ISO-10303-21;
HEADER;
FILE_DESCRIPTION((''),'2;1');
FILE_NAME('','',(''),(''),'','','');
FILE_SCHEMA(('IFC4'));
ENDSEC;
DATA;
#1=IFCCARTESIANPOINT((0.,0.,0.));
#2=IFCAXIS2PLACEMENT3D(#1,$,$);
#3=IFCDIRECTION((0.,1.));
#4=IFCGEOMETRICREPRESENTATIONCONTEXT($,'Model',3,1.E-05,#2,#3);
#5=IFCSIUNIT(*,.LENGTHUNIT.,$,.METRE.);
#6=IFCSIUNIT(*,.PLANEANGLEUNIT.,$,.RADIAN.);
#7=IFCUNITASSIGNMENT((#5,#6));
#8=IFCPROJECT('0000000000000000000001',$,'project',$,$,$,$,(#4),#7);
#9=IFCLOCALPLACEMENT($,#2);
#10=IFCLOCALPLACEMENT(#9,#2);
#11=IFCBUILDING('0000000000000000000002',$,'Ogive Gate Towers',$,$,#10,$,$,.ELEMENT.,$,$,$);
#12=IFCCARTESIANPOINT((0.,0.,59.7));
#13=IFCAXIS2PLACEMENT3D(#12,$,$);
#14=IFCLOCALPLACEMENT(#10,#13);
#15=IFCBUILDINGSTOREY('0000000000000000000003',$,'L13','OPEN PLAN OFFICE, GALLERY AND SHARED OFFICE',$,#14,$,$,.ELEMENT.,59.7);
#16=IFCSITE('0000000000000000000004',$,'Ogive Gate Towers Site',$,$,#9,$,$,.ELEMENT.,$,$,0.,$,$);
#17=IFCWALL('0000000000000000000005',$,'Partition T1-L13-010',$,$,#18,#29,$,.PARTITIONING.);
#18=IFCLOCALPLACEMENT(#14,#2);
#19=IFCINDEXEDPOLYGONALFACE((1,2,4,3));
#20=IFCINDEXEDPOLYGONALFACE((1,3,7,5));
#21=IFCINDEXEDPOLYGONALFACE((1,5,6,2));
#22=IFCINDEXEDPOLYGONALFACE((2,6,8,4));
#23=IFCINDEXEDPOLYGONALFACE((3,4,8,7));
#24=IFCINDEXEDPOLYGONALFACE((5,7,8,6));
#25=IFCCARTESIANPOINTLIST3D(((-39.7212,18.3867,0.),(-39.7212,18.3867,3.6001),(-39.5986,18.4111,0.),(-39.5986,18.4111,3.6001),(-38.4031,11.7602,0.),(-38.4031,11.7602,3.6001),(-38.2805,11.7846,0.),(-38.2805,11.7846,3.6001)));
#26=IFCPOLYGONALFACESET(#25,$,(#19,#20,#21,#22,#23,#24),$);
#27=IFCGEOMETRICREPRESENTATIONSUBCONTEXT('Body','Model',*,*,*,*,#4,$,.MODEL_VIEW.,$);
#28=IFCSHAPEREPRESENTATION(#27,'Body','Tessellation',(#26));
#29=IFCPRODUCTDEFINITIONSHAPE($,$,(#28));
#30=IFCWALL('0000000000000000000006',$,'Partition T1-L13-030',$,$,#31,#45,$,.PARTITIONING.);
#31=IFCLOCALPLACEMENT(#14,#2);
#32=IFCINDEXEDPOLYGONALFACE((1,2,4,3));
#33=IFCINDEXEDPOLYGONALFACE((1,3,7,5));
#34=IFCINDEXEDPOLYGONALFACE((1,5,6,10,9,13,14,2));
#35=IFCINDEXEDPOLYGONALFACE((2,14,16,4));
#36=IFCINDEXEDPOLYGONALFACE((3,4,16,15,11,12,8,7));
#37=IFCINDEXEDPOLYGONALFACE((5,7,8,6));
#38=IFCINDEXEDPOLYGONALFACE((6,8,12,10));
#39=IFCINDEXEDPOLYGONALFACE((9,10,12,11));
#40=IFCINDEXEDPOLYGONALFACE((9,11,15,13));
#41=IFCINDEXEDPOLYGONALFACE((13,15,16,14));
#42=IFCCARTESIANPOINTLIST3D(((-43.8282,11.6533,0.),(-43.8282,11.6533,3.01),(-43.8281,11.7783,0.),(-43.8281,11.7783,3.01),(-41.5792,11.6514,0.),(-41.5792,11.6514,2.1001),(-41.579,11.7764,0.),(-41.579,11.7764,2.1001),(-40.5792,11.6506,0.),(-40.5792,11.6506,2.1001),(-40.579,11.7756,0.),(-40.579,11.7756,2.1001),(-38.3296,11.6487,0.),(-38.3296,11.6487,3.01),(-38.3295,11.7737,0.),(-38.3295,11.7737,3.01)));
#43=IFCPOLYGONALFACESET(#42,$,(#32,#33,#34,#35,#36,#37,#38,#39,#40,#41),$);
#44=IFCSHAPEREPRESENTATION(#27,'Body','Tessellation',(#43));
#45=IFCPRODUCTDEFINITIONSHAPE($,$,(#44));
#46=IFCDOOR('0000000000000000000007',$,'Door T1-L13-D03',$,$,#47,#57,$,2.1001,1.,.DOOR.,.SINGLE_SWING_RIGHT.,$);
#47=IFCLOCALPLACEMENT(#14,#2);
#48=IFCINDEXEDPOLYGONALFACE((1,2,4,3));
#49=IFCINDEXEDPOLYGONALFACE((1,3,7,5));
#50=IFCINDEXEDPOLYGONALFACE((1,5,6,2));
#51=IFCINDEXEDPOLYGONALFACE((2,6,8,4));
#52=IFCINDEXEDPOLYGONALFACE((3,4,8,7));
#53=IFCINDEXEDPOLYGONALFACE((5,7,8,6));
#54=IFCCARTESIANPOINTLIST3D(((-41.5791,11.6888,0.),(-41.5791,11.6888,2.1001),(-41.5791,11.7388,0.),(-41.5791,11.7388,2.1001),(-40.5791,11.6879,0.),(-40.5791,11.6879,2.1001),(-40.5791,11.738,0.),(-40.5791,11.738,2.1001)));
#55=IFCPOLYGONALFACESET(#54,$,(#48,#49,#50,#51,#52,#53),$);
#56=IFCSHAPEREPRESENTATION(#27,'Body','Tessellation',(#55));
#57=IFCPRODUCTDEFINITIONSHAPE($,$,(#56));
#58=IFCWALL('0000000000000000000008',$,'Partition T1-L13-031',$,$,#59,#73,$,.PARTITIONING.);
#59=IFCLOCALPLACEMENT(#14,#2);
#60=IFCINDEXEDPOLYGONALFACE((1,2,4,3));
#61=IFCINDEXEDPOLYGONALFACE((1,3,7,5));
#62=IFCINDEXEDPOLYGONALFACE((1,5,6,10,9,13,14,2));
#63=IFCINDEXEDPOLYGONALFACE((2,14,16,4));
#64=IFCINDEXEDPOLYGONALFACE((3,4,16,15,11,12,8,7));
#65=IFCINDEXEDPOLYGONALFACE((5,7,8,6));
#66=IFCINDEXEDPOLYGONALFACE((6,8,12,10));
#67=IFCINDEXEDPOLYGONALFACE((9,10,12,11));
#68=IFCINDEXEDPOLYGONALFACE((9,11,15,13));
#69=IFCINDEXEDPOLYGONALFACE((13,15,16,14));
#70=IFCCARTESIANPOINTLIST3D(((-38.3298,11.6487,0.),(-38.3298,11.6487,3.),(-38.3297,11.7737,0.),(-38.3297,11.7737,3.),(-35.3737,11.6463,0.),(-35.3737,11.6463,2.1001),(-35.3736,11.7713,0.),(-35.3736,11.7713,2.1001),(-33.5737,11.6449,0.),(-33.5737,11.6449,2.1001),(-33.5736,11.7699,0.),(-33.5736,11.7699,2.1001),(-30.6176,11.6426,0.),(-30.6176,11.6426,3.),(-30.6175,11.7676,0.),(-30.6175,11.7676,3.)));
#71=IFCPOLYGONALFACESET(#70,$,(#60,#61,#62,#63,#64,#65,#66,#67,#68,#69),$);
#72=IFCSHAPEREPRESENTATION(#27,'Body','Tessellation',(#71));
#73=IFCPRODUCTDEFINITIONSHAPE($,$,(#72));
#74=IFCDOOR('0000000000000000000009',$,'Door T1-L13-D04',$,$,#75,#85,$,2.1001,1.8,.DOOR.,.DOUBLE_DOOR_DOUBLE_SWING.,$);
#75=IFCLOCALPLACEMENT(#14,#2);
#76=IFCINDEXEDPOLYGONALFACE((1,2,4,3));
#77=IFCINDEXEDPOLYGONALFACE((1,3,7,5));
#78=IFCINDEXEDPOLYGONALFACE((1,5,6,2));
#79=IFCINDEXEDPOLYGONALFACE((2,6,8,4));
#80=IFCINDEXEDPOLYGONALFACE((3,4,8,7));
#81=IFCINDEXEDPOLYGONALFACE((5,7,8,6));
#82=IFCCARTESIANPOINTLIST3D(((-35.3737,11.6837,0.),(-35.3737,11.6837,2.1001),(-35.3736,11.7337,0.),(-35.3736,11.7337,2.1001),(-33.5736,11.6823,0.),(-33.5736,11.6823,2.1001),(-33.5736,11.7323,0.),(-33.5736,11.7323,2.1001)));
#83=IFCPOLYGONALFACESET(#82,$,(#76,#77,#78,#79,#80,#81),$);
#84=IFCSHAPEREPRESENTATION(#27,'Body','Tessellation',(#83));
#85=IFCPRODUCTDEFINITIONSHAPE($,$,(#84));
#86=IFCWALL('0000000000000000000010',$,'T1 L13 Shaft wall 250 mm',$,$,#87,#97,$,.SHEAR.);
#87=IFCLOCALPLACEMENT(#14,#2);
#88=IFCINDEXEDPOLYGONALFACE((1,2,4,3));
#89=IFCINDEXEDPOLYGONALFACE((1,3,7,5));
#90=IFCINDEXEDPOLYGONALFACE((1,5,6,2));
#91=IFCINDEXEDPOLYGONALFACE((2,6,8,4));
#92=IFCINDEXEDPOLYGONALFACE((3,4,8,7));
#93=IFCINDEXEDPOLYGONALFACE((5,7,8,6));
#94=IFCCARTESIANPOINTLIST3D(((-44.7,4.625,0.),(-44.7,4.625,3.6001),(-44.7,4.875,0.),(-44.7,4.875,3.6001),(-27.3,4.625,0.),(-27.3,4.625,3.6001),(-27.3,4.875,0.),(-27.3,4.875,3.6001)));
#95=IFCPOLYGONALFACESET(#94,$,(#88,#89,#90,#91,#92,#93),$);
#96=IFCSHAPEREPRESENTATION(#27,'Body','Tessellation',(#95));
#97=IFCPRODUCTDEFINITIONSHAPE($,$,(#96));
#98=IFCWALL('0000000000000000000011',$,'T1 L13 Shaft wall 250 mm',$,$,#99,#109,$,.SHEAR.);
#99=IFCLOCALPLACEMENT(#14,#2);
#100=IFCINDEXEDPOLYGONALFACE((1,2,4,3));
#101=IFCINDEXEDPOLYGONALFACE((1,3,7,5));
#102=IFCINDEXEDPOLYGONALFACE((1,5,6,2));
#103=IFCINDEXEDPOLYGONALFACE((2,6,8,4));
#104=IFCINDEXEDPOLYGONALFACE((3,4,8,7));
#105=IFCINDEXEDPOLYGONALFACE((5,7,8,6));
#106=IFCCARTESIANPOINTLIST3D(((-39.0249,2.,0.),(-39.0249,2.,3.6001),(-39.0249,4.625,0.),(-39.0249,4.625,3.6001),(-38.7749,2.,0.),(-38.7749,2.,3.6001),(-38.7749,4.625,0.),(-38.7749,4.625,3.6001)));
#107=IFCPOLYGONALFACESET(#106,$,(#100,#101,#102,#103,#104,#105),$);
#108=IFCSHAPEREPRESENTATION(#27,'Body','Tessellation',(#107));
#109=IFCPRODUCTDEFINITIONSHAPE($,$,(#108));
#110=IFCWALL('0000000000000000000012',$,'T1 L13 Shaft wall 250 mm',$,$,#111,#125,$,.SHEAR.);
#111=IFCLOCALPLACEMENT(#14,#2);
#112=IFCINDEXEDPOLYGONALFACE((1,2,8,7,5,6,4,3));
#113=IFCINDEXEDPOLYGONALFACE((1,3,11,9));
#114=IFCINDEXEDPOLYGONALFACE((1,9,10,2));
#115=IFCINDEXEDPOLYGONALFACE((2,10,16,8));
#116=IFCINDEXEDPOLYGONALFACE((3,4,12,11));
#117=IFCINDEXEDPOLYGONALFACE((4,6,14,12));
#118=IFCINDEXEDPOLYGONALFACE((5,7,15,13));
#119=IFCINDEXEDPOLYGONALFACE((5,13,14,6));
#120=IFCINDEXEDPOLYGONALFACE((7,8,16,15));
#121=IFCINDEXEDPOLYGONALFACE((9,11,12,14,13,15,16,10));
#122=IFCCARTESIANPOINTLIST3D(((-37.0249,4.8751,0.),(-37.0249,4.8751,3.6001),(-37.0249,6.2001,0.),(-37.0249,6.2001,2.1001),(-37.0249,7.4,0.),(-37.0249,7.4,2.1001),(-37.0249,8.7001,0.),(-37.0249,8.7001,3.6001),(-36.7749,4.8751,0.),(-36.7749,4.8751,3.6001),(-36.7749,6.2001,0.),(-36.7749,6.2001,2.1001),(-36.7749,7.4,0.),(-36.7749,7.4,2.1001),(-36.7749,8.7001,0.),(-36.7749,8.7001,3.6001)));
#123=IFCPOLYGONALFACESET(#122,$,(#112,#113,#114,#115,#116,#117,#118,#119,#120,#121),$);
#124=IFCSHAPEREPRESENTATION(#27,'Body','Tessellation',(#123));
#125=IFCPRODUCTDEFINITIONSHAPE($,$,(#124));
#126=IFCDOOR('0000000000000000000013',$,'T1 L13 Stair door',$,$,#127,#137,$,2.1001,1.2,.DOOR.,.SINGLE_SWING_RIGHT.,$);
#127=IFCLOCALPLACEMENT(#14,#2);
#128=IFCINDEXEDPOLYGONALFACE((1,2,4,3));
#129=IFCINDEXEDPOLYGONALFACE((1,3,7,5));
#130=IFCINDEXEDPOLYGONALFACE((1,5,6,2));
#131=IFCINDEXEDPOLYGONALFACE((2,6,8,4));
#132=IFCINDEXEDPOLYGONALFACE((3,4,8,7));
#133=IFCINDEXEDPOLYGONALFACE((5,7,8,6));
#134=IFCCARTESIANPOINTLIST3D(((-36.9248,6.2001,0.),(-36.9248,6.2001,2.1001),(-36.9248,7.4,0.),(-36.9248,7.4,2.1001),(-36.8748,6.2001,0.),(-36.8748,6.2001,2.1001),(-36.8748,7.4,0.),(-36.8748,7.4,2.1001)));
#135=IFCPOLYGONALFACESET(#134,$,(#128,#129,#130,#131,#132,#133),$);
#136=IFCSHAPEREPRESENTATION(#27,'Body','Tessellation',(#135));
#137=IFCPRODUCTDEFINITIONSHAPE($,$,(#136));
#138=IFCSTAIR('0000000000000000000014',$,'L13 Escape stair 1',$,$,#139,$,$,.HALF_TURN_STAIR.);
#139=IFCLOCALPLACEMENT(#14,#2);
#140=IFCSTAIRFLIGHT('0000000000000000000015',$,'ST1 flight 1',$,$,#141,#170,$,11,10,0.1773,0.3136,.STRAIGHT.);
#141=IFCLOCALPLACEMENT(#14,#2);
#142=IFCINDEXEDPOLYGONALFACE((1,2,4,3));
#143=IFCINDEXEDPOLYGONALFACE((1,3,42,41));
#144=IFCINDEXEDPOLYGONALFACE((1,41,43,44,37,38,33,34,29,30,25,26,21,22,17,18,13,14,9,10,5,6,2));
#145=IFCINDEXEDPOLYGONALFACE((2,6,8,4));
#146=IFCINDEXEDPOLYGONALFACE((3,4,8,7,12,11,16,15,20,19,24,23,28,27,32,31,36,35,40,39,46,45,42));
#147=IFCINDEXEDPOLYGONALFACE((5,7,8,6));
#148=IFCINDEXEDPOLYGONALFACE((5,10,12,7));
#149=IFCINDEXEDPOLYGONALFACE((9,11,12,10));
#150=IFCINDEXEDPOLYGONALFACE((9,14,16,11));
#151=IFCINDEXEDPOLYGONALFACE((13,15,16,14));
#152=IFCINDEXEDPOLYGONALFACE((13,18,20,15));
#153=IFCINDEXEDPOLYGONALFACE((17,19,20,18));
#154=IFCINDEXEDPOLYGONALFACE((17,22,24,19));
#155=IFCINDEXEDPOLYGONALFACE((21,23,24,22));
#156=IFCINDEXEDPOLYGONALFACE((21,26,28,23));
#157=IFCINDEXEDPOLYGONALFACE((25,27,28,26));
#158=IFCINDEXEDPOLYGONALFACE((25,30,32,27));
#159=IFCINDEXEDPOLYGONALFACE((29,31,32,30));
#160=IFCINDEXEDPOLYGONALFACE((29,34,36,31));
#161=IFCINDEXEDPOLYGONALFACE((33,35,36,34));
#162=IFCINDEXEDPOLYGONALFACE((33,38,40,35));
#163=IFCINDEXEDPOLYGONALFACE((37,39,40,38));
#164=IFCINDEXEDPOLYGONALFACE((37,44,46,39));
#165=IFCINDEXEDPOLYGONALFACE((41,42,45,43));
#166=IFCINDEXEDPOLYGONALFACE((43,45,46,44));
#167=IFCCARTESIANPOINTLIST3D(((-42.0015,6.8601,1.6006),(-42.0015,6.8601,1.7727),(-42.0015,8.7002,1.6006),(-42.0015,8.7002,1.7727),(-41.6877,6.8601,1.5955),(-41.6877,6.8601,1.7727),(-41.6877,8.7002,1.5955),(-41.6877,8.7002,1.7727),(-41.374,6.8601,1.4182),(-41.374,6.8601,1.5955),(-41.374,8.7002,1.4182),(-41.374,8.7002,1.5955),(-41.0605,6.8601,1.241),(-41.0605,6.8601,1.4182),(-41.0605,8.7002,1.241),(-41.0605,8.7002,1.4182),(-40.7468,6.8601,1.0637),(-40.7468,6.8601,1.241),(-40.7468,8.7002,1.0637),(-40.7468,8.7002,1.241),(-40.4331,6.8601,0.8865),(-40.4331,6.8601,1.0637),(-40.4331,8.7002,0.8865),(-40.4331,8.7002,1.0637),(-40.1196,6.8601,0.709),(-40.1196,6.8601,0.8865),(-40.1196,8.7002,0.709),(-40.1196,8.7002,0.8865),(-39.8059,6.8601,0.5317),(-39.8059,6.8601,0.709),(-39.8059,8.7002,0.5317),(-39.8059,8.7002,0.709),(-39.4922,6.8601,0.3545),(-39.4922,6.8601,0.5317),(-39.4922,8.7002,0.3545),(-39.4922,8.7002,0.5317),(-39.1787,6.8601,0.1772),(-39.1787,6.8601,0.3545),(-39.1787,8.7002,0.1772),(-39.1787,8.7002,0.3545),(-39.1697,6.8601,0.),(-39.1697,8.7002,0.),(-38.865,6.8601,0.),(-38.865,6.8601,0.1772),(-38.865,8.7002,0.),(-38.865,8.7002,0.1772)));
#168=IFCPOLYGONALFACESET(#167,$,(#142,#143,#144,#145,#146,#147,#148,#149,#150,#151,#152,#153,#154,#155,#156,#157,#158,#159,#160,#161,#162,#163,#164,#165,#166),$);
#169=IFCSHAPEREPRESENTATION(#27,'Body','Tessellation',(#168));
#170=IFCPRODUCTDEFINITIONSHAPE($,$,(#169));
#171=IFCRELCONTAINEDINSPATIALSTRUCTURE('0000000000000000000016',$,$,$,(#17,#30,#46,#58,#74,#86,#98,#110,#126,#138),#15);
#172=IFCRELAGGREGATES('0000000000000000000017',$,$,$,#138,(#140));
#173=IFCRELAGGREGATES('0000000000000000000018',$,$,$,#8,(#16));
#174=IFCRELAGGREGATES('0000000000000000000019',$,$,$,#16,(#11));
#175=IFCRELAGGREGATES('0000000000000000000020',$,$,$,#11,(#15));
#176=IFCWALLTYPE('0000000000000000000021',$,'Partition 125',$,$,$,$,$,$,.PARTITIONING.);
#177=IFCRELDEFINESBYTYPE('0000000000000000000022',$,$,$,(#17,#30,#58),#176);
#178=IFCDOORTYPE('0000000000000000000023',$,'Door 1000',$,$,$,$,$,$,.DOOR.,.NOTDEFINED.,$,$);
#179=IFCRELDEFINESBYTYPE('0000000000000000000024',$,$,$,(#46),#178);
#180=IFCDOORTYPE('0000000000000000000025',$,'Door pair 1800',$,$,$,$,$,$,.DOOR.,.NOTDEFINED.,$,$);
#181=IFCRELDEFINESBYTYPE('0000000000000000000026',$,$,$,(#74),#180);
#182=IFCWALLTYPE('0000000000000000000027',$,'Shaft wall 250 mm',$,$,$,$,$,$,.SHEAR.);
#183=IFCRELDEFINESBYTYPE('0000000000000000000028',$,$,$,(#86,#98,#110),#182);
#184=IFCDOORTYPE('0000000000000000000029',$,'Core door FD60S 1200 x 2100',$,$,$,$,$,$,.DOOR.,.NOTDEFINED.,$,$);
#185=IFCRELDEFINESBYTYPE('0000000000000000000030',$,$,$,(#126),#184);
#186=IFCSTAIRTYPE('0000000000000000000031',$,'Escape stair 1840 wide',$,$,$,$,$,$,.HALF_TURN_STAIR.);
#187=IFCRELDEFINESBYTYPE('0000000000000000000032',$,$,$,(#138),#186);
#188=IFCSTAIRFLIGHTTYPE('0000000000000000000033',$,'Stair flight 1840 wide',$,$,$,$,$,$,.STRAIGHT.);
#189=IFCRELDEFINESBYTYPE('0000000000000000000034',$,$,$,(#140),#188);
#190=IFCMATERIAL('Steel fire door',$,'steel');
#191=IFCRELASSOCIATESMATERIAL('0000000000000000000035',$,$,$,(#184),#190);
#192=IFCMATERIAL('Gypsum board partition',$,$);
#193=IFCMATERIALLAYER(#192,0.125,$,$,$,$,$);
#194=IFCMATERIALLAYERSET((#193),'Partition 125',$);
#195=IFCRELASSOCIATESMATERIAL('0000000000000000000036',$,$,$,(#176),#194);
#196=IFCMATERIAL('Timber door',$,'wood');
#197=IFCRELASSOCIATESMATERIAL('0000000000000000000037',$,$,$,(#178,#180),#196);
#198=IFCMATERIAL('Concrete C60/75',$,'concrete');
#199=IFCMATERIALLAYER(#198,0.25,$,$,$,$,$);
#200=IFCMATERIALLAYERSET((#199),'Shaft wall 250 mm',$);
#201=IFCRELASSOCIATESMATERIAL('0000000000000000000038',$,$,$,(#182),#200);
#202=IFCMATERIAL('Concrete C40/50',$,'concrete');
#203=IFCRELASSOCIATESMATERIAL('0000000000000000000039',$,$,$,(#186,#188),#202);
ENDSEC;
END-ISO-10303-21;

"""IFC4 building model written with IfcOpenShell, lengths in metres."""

from ifc_helpers import new_model, si_unit, direction, frame, frame_2d, origin, place, context, subcontext, project, spatial, polyline, rectangle, outline, extrude, material, layer, layer_set, type_object, element, fill, aggregate, save


model = new_model("IFC4")

# Units and contexts
model_context = context("Model", 3, precision=1e-05, world=origin(), true_north=direction((0.0, 1.0)))
body_context = subcontext(model_context, "Body", "Model", "MODEL_VIEW")
ifc_project = project(units=[si_unit("LENGTHUNIT", "METRE"), si_unit("PLANEANGLEUNIT", "RADIAN")], contexts=[model_context])

# Site, building, storey
site_placement = place(None, origin())
site = spatial("IfcSite", under=ifc_project, at=site_placement, Name="Ogive Gate Towers Site", CompositionType="ELEMENT", RefElevation=0.0)
building_placement = place(site_placement, origin())
building = spatial("IfcBuilding", under=site, at=building_placement, Name="Ogive Gate Towers", CompositionType="ELEMENT")
storey_placement = place(building_placement, frame((0.0, 0.0, 59.7)))
storey = spatial("IfcBuildingStorey", under=building, at=storey_placement, Name="L13", Description="OPEN PLAN OFFICE, GALLERY AND SHARED OFFICE", CompositionType="ELEMENT", Elevation=59.7)

# Shared definitions
ifc_material_1 = material(Name="Concrete C60/75", Category="concrete")
ifc_material_2 = material(Name="Timber door", Category="wood")
ifc_material_3 = material(Name="Steel fire door", Category="steel")
door_type_1 = type_object("IfcDoorType", Name="Core door FD60S 1200 x 2100", OperationType="NOTDEFINED", PredefinedType="DOOR", material=ifc_material_3)

# Wall
ifc_material_4 = material(Name="Gypsum board partition")
ifc_layer_1 = layer(ifc_material_4, 0.125)
ifc_layer_set_1 = layer_set([ifc_layer_1], Name="Partition 125")
wall_type_1 = type_object("IfcWallType", Name="Partition 125", PredefinedType="PARTITIONING", material=ifc_layer_set_1)
wall_1_placement = place(storey_placement, frame((-39.6599, 18.3989, 0.0), z_axis=(0.0, 0.0, 1.0), x_axis=(0.195095, -0.980784, 0.0)))
element("IfcWall", 1, at=wall_1_placement, inside=storey, type_object=wall_type_1, Name="Partition T1-L13-010", PredefinedType="PARTITIONING", context=body_context, shape_type="SweptSolid", body=[
    extrude(rectangle(XDim=6.7563, YDim=0.125, at=frame_2d((3.3782, 0.0))), origin(), (0.0, 0.0, 1.0), 3.6001),
])

# Walls, openings, doors
wall_2_placement = place(storey_placement, frame((-43.8281, 11.7158, 0.0), z_axis=(0.0, 0.0, 1.0), x_axis=(1.0, -0.000844, 0.0)))
wall_2 = element("IfcWall", 2, at=wall_2_placement, inside=storey, type_object=wall_type_1, Name="Partition T1-L13-030", PredefinedType="PARTITIONING", context=body_context, shape_type="SweptSolid", body=[
    extrude(rectangle(XDim=5.4985, YDim=0.125, at=frame_2d((2.7493, 0.0))), origin(), (0.0, 0.0, 1.0), 3.01),
])
opening_1_placement = place(wall_2_placement, frame((2.249, 0.0, 0.0)))
opening_1 = element("IfcOpeningElement", 3, at=opening_1_placement, cuts=wall_2, PredefinedType="OPENING", context=body_context, shape_type="SweptSolid", body=[
    extrude(rectangle(XDim=1.0, YDim=2.1001, at=frame_2d((0.5, 1.05))), frame((0.0, 0.0725, 0.0), z_axis=(0.0, -1.0, 0.0), x_axis=(1.0, 0.0, 0.0)), (0.0, 0.0, 1.0), 0.145),
])
door_type_2 = type_object("IfcDoorType", Name="Door 1000", OperationType="NOTDEFINED", PredefinedType="DOOR", material=ifc_material_2)
door_1_placement = place(opening_1_placement, origin())
door_1 = element("IfcDoor", 4, at=door_1_placement, inside=storey, type_object=door_type_2, Name="Door T1-L13-D03", OperationType="SINGLE_SWING_RIGHT", OverallHeight=2.1001, OverallWidth=1.0, PredefinedType="DOOR", context=body_context, shape_type="SweptSolid", body=[
    extrude(rectangle(XDim=1.0, YDim=2.1001, at=frame_2d((0.5, 1.05))), frame((0.0, 0.0249, 0.0), z_axis=(0.0, -1.0, 0.0), x_axis=(1.0, 0.0, 0.0)), (0.0, 0.0, 1.0), 0.05),
])
fill(opening_1, door_1)
wall_3_placement = place(storey_placement, frame((-38.3296, 11.7112, 0.0), z_axis=(0.0, 0.0, 1.0), x_axis=(1.0, -0.000791, 0.0)))
wall_3 = element("IfcWall", 5, at=wall_3_placement, inside=storey, type_object=wall_type_1, Name="Partition T1-L13-031", PredefinedType="PARTITIONING", context=body_context, shape_type="SweptSolid", body=[
    extrude(rectangle(XDim=7.7122, YDim=0.125, at=frame_2d((3.856, 0.0))), origin(), (0.0, 0.0, 1.0), 3.0),
])
opening_2_placement = place(wall_3_placement, frame((2.9561, 0.0, 0.0)))
opening_2 = element("IfcOpeningElement", 6, at=opening_2_placement, cuts=wall_3, PredefinedType="OPENING", context=body_context, shape_type="SweptSolid", body=[
    extrude(rectangle(XDim=1.8, YDim=2.1001, at=frame_2d((0.8999, 1.05))), frame((0.0, 0.0725, 0.0), z_axis=(0.0, -1.0, 0.0), x_axis=(1.0, 0.0, 0.0)), (0.0, 0.0, 1.0), 0.145),
])
door_type_3 = type_object("IfcDoorType", Name="Door pair 1800", OperationType="NOTDEFINED", PredefinedType="DOOR", material=ifc_material_2)
door_2_placement = place(opening_2_placement, origin())
door_2 = element("IfcDoor", 7, at=door_2_placement, inside=storey, type_object=door_type_3, Name="Door T1-L13-D04", OperationType="DOUBLE_DOOR_DOUBLE_SWING", OverallHeight=2.1001, OverallWidth=1.8, PredefinedType="DOOR", context=body_context, shape_type="SweptSolid", body=[
    extrude(rectangle(XDim=1.8, YDim=2.1001, at=frame_2d((0.8999, 1.05))), frame((0.0, 0.0249, 0.0), z_axis=(0.0, -1.0, 0.0), x_axis=(1.0, 0.0, 0.0)), (0.0, 0.0, 1.0), 0.05),
])
fill(opening_2, door_2)

# Walls
ifc_layer_2 = layer(ifc_material_1, 0.25)
ifc_layer_set_2 = layer_set([ifc_layer_2], Name="Shaft wall 250 mm")
wall_type_2 = type_object("IfcWallType", Name="Shaft wall 250 mm", PredefinedType="SHEAR", material=ifc_layer_set_2)
wall_4_placement = place(storey_placement, frame((-44.7, 4.75, 0.0), z_axis=(0.0, 0.0, 1.0), x_axis=(1.0, 0.0, 0.0)))
element("IfcWall", 8, at=wall_4_placement, inside=storey, type_object=wall_type_2, Name="T1 L13 Shaft wall 250 mm", PredefinedType="SHEAR", context=body_context, shape_type="SweptSolid", body=[
    extrude(rectangle(XDim=17.3999, YDim=0.25, at=frame_2d((8.7, 0.0))), origin(), (0.0, 0.0, 1.0), 3.6001),
])
wall_5_placement = place(storey_placement, frame((-38.8999, 2.0, 0.0), z_axis=(0.0, 0.0, 1.0), x_axis=(0.0, 1.0, 0.0)))
element("IfcWall", 9, at=wall_5_placement, inside=storey, type_object=wall_type_2, Name="T1 L13 Shaft wall 250 mm", PredefinedType="SHEAR", context=body_context, shape_type="SweptSolid", body=[
    extrude(rectangle(XDim=2.625, YDim=0.25, at=frame_2d((1.3125, 0.0))), origin(), (0.0, 0.0, 1.0), 3.6001),
])

# Wall, opening, door
wall_6_placement = place(storey_placement, frame((-36.8999, 4.875, 0.0), z_axis=(0.0, 0.0, 1.0), x_axis=(0.0, 1.0, 0.0)))
wall_6 = element("IfcWall", 10, at=wall_6_placement, inside=storey, type_object=wall_type_2, Name="T1 L13 Shaft wall 250 mm", PredefinedType="SHEAR", context=body_context, shape_type="SweptSolid", body=[
    extrude(rectangle(XDim=3.825, YDim=0.25, at=frame_2d((1.9126, 0.0))), origin(), (0.0, 0.0, 1.0), 3.6001),
])
opening_3_placement = place(wall_6_placement, frame((1.325, 0.0, 0.0)))
opening_3 = element("IfcOpeningElement", 11, at=opening_3_placement, cuts=wall_6, PredefinedType="OPENING", context=body_context, shape_type="SweptSolid", body=[
    extrude(rectangle(XDim=1.2, YDim=2.1001, at=frame_2d((0.6001, 1.05))), frame((0.0, 0.135, 0.0), z_axis=(0.0, -1.0, 0.0), x_axis=(1.0, 0.0, 0.0)), (0.0, 0.0, 1.0), 0.27),
])
door_3_placement = place(opening_3_placement, origin())
door_3 = element("IfcDoor", 12, at=door_3_placement, inside=storey, type_object=door_type_1, Name="T1 L13 Stair door", OperationType="SINGLE_SWING_RIGHT", OverallHeight=2.1001, OverallWidth=1.2, PredefinedType="DOOR", context=body_context, shape_type="SweptSolid", body=[
    extrude(rectangle(XDim=1.2, YDim=2.1001, at=frame_2d((0.6001, 1.05))), frame((0.0, 0.0249, 0.0), z_axis=(0.0, -1.0, 0.0), x_axis=(1.0, 0.0, 0.0)), (0.0, 0.0, 1.0), 0.05),
])
fill(opening_3, door_3)

# Stair, stair flight
ifc_material_5 = material(Name="Concrete C40/50", Category="concrete")
stair_type = type_object("IfcStairType", Name="Escape stair 1840 wide", PredefinedType="HALF_TURN_STAIR", material=ifc_material_5)
stair_placement = place(storey_placement, origin())
stair = element("IfcStair", 13, at=stair_placement, inside=storey, type_object=stair_type, Name="L13 Escape stair 1", PredefinedType="HALF_TURN_STAIR")
stair_flight_type = type_object("IfcStairFlightType", Name="Stair flight 1840 wide", PredefinedType="STRAIGHT", material=ifc_material_5)
stair_flight_1_placement = place(storey_placement, frame((-38.865, 7.78, 0.0), z_axis=(0.0, 0.0, 1.0), x_axis=(-1.0, 0.0, 0.0)))
stair_flight_1 = element("IfcStairFlight", 14, at=stair_flight_1_placement, type_object=stair_flight_type, Name="ST1 flight 1", NumberOfRisers=11, NumberOfTreads=10, PredefinedType="STRAIGHT", RiserHeight=0.1773, TreadLength=0.3136, context=body_context, shape_type="SweptSolid", body=[
    extrude(outline(polyline([(0.0, 0.0), (0.0, 0.1772), (0.3137, 0.1772), (0.3137, 0.3545), (0.6272, 0.3545), (0.6272, 0.5317), (0.9409, 0.5317), (0.9409, 0.709), (1.2546, 0.709), (1.2546, 0.8865), (1.5681, 0.8865), (1.5681, 1.0637), (1.8818, 1.0637), (1.8818, 1.241), (2.1956, 1.241), (2.1956, 1.4182), (2.509, 1.4182), (2.509, 1.5955), (2.8228, 1.5955), (2.8228, 1.7727), (3.1365, 1.7727), (3.1365, 1.95), (3.1365, 1.6006), (0.3047, 0.0), (0.0, 0.0)])), frame((0.0, 0.9199, 0.0), z_axis=(0.0, -1.0, 0.0), x_axis=(1.0, 0.0, 0.0)), (0.0, 0.0, 1.0), 1.8401),
])
aggregate(stair, [stair_flight_1])

save(model, "model.ifc")
